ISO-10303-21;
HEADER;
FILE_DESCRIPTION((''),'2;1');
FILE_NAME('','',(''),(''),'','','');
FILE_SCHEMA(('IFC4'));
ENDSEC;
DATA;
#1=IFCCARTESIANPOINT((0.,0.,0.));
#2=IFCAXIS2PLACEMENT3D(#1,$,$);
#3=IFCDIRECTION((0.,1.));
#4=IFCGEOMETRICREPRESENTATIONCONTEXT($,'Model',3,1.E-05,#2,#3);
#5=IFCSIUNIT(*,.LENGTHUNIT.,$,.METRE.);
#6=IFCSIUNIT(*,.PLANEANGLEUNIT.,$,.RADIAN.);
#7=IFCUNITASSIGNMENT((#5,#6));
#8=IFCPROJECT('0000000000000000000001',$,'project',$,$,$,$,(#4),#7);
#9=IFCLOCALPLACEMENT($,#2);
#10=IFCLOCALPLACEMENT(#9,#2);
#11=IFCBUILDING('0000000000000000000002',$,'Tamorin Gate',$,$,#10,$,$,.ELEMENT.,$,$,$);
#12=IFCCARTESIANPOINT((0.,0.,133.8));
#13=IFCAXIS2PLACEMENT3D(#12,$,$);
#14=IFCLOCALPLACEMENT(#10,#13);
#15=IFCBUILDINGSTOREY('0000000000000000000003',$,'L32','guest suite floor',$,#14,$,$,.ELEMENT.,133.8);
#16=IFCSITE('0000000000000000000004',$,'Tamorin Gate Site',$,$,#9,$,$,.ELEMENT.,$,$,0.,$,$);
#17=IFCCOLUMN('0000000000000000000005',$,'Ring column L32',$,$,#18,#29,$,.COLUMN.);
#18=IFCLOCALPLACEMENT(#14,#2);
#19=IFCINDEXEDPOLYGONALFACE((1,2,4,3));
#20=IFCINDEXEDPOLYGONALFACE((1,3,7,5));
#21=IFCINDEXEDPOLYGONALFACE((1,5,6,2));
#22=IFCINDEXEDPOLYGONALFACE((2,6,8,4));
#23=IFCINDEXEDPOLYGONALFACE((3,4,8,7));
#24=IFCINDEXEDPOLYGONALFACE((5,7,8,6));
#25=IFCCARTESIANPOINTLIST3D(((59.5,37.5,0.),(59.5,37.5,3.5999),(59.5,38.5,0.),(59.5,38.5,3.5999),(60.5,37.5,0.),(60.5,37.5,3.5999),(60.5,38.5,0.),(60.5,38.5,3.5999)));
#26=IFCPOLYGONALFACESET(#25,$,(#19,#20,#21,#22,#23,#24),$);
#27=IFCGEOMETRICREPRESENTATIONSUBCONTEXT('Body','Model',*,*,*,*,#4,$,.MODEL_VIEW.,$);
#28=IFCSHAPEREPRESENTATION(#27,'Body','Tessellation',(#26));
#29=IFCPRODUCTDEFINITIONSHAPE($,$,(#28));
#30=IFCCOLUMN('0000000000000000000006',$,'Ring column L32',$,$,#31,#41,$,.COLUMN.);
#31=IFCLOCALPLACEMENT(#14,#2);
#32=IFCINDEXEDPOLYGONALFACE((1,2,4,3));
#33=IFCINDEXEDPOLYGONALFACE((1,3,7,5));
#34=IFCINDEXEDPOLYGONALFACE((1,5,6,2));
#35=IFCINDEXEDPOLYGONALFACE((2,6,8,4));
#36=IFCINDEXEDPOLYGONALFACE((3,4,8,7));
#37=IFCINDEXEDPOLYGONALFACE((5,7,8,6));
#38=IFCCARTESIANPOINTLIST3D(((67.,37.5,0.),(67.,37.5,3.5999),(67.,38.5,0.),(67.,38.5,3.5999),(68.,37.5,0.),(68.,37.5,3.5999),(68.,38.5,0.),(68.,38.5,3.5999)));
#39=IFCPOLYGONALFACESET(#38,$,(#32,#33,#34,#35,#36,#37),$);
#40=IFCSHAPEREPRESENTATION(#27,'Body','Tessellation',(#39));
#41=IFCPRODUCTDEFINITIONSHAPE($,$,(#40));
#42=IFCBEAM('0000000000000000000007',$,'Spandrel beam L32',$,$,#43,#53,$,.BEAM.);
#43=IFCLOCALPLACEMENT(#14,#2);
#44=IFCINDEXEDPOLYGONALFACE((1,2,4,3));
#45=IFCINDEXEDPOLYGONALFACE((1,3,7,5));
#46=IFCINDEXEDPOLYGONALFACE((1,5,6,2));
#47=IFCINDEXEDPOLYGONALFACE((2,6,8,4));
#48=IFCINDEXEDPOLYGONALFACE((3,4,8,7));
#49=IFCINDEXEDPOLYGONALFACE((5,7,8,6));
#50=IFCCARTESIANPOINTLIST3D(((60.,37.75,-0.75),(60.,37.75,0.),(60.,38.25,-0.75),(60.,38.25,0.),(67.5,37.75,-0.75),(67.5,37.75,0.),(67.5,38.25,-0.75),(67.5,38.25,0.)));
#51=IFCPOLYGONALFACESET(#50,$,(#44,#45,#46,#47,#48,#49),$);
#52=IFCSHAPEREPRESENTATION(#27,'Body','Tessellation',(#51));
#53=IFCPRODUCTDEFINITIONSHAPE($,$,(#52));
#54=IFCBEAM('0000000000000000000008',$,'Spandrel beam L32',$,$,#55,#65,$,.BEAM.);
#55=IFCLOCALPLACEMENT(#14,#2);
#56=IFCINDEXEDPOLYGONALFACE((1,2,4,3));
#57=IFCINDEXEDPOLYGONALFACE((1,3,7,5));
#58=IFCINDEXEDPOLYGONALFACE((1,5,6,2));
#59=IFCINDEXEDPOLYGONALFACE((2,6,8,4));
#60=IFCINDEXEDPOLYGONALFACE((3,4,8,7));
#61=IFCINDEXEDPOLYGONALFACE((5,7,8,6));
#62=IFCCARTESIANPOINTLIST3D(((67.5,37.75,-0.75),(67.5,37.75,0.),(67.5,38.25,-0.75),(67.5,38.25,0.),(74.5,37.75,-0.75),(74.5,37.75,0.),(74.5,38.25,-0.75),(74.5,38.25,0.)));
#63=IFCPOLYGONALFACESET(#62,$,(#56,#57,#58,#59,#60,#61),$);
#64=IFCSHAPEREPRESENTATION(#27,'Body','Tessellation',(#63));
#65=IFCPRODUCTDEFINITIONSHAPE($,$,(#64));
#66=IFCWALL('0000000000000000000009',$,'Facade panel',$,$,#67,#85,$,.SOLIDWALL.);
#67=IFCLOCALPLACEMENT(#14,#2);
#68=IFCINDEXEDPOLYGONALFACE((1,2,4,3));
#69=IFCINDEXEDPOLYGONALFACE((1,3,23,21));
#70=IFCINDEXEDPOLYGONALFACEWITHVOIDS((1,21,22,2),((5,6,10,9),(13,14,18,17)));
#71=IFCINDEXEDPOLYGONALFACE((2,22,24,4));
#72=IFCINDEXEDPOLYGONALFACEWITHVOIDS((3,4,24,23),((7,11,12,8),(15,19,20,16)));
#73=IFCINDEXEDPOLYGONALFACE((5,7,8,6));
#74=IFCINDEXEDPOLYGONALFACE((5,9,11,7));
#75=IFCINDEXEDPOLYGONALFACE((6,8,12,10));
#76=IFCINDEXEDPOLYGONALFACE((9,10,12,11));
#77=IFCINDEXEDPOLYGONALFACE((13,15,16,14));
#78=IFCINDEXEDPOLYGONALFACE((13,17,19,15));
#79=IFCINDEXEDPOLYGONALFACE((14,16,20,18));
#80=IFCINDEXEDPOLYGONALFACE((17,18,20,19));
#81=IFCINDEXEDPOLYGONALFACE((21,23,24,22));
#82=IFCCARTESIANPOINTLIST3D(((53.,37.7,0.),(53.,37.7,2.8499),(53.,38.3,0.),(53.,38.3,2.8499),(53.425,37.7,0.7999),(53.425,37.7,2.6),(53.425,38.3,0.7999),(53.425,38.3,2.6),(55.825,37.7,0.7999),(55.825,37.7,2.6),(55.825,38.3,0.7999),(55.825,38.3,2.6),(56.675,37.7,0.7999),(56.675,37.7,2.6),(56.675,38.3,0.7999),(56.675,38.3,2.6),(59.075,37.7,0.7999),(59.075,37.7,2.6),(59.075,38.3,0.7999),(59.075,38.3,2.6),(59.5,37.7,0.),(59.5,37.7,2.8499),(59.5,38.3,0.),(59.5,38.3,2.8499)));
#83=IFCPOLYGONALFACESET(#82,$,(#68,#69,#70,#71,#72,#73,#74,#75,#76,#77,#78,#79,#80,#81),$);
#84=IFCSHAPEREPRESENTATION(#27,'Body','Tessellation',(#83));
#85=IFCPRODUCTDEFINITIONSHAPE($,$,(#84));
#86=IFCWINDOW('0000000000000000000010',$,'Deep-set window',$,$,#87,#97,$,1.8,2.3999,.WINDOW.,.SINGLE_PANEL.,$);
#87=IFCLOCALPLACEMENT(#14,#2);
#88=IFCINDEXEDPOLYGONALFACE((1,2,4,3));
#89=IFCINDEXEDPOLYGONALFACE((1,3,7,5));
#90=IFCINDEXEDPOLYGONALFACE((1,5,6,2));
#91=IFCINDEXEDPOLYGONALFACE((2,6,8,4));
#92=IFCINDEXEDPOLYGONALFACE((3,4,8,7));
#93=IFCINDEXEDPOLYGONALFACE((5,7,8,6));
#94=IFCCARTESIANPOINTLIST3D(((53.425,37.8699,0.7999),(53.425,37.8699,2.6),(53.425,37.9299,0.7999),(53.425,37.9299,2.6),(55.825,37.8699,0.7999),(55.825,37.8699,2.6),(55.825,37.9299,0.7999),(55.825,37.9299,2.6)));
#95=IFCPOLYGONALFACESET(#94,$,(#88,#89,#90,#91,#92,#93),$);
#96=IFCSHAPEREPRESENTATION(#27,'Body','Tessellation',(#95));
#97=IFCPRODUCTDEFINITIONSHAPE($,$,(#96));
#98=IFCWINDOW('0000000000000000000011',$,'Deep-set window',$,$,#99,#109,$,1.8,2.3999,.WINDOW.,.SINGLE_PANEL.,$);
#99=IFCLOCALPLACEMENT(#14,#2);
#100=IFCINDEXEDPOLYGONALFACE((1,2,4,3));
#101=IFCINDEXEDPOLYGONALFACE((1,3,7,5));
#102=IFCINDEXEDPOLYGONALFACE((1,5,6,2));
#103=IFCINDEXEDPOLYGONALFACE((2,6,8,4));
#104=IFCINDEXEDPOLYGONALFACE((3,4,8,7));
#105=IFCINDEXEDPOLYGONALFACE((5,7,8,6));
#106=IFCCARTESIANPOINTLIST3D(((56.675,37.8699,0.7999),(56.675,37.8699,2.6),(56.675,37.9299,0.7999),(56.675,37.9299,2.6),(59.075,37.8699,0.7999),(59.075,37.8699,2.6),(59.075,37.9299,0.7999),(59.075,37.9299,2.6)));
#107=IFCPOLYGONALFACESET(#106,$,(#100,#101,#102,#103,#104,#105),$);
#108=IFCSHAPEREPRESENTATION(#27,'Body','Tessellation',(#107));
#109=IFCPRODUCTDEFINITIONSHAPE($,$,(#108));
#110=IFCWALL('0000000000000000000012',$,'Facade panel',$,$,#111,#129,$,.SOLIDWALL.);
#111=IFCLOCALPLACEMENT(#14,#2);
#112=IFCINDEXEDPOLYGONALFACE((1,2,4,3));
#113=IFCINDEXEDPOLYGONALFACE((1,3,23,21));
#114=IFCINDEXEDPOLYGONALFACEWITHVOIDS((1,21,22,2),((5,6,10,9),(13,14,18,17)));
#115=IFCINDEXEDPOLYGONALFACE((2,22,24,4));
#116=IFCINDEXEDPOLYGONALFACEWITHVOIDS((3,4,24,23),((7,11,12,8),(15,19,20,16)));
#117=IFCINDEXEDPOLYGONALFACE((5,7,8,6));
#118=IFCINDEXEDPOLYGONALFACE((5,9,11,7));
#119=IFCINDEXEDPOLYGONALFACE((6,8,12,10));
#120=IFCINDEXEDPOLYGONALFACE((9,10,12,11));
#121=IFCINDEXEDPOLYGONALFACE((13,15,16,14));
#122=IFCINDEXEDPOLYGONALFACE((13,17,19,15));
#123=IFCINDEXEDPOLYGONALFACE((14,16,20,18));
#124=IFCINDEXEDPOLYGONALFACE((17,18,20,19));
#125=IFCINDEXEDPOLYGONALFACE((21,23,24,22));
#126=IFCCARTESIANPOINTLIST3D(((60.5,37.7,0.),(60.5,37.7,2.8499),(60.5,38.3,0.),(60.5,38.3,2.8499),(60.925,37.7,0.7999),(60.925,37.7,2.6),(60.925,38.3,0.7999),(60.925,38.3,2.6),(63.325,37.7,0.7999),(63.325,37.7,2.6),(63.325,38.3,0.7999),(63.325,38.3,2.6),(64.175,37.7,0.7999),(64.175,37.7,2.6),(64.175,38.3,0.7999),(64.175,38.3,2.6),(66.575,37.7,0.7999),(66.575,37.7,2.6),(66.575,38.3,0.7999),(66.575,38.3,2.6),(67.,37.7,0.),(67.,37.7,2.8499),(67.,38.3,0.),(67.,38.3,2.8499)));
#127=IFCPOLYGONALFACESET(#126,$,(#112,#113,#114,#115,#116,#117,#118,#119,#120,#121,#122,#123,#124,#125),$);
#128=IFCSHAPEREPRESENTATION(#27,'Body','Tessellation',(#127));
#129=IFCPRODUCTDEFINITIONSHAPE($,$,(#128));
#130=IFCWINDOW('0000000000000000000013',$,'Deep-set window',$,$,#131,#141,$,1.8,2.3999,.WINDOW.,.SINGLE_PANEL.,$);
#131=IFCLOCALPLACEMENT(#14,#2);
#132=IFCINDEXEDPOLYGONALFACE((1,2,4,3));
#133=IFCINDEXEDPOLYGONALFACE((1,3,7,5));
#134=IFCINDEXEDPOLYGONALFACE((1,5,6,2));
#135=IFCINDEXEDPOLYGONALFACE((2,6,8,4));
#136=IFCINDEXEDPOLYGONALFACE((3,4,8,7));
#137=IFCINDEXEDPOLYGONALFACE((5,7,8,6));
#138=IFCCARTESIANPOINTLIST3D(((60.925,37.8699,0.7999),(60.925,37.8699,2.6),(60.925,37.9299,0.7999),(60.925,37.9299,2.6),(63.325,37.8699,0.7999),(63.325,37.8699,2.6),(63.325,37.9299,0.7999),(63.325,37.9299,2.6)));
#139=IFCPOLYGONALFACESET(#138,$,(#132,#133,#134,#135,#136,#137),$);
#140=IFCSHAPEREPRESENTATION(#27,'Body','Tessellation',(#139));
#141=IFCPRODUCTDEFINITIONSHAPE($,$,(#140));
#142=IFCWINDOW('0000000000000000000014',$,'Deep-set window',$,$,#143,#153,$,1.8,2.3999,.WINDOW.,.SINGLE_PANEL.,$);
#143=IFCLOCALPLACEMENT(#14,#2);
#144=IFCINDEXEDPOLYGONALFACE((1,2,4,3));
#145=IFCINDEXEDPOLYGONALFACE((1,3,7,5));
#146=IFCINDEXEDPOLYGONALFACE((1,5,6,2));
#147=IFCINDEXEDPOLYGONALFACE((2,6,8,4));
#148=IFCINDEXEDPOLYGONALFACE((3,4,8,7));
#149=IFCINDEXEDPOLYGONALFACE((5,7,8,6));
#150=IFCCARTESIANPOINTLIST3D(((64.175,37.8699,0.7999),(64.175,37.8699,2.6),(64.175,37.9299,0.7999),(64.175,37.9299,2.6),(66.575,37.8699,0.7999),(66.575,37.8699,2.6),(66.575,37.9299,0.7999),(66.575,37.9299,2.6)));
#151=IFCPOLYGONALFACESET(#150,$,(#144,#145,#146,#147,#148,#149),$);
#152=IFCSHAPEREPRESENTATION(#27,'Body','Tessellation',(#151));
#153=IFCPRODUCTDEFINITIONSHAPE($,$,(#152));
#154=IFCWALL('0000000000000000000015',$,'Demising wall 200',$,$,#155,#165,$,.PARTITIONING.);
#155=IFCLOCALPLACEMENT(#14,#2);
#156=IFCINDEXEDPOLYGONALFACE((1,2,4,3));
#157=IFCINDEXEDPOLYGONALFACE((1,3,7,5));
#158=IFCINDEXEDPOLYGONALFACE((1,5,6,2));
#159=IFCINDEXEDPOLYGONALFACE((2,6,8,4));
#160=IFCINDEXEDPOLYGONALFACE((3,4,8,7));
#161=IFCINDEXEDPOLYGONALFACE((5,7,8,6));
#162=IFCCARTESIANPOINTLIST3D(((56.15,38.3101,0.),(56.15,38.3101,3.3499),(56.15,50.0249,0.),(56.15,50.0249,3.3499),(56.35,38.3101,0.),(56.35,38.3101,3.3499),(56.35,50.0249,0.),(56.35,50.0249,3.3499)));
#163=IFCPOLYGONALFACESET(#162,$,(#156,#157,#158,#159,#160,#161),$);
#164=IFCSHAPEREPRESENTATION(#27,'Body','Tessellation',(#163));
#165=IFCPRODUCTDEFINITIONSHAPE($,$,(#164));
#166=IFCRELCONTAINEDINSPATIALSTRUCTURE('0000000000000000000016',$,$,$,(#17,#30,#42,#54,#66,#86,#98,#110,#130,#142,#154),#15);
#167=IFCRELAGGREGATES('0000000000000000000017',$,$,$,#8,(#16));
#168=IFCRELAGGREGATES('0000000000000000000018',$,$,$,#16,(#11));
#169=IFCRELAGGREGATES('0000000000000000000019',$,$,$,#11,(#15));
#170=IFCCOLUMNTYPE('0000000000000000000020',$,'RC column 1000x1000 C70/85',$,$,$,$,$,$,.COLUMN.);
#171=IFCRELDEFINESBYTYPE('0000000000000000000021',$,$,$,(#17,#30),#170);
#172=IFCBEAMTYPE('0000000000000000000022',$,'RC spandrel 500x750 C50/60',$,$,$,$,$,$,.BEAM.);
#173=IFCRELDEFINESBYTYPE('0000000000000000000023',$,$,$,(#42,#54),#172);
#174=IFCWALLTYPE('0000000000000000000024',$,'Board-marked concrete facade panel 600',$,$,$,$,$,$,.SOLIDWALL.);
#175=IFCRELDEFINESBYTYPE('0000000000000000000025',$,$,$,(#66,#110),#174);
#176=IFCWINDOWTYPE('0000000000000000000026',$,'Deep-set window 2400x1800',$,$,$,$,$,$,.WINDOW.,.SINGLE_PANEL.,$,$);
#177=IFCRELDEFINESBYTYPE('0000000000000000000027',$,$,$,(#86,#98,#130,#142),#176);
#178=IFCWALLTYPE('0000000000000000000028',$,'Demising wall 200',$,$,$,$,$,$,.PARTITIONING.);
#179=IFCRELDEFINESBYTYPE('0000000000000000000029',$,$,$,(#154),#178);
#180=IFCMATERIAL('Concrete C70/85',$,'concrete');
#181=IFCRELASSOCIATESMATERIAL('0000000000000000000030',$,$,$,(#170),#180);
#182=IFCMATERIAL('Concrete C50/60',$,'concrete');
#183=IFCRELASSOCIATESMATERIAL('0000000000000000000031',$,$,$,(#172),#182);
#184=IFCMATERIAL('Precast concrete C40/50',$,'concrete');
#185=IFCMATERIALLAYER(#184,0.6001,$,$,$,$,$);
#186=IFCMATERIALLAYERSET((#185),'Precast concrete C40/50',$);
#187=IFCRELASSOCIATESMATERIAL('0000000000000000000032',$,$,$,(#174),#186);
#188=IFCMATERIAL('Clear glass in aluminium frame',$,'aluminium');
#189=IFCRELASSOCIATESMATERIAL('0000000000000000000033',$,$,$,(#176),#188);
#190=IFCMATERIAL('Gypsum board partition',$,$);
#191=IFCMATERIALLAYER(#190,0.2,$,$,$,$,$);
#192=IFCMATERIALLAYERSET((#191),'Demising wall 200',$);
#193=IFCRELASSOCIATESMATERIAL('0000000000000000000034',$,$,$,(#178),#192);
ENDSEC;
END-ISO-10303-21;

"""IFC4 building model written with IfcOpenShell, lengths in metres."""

from ifc_helpers import new_model, si_unit, direction, frame, frame_2d, origin, origin_2d, place, context, subcontext, project, spatial, rectangle, extrude, material, layer, layer_set, material_profile, profile_set, type_object, element, fill, save


model = new_model("IFC4")

# Units and contexts
model_context = context("Model", 3, precision=1e-05, world=origin(), true_north=direction((0.0, 1.0)))
body_context = subcontext(model_context, "Body", "Model", "MODEL_VIEW")
ifc_project = project(units=[si_unit("LENGTHUNIT", "METRE"), si_unit("PLANEANGLEUNIT", "RADIAN")], contexts=[model_context])

# Site, building, storey
site_placement = place(None, origin())
site = spatial("IfcSite", under=ifc_project, at=site_placement, Name="Tamorin Gate Site", CompositionType="ELEMENT", RefElevation=0.0)
building_placement = place(site_placement, origin())
building = spatial("IfcBuilding", under=site, at=building_placement, Name="Tamorin Gate", CompositionType="ELEMENT")
storey_placement = place(building_placement, frame((0.0, 0.0, 133.8)))
storey = spatial("IfcBuildingStorey", under=building, at=storey_placement, Name="L32", Description="guest suite floor", CompositionType="ELEMENT", Elevation=133.8)

# Columns
ifc_material_1 = material(Name="Concrete C70/85", Category="concrete")
ifc_material_profile_1 = material_profile(ifc_material_1, rectangle(XDim=1.0, YDim=1.0, at=origin_2d()), Name="RC 1000x1000")
ifc_profile_set_1 = profile_set([ifc_material_profile_1], Name="Concrete C70/85")
column_type = type_object("IfcColumnType", Name="RC column 1000x1000 C70/85", PredefinedType="COLUMN", material=ifc_profile_set_1)
for number, where, z_axis, x_axis, name in (
    (1, (60.0, 38.0, 0.0), (0.0, 0.0, 1.0), (1.0, 0.0, 0.0), "Ring column L32"),
    (2, (67.5, 38.0, 0.0), (0.0, 0.0, 1.0), (1.0, 0.0, 0.0), "Ring column L32"),
):
    element("IfcColumn", number, at=place(storey_placement, frame(where, z_axis=z_axis, x_axis=x_axis)), inside=storey, type_object=column_type, Name=name, PredefinedType="COLUMN", context=body_context, shape_type="SweptSolid", body=[
        extrude(rectangle(XDim=1.0, YDim=1.0, at=origin_2d()), origin(), (0.0, 0.0, 1.0), 3.5999),
    ])

# Beams
ifc_material_2 = material(Name="Concrete C50/60", Category="concrete")
ifc_material_profile_2 = material_profile(ifc_material_2, rectangle(XDim=0.5, YDim=0.75, at=origin_2d()), Name="RC 500x750")
ifc_profile_set_2 = profile_set([ifc_material_profile_2], Name="Concrete C50/60")
beam_type = type_object("IfcBeamType", Name="RC spandrel 500x750 C50/60", PredefinedType="BEAM", material=ifc_profile_set_2)
beam_1_placement = place(storey_placement, frame((60.0, 38.0, -0.375), z_axis=(1.0, 0.0, 0.0), x_axis=(0.0, 1.0, 0.0)))
element("IfcBeam", 3, at=beam_1_placement, inside=storey, type_object=beam_type, Name="Spandrel beam L32", PredefinedType="BEAM", context=body_context, shape_type="SweptSolid", body=[
    extrude(rectangle(XDim=0.5, YDim=0.75, at=origin_2d()), origin(), (0.0, 0.0, 1.0), 7.5),
])
beam_2_placement = place(storey_placement, frame((67.5, 38.0, -0.375), z_axis=(1.0, 0.0, 0.0), x_axis=(0.0, 1.0, 0.0)))
element("IfcBeam", 4, at=beam_2_placement, inside=storey, type_object=beam_type, Name="Spandrel beam L32", PredefinedType="BEAM", context=body_context, shape_type="SweptSolid", body=[
    extrude(rectangle(XDim=0.5, YDim=0.75, at=origin_2d()), origin(), (0.0, 0.0, 1.0), 7.0),
])

# Walls, openings, windows
ifc_material_3 = material(Name="Precast concrete C40/50", Category="concrete")
ifc_layer_1 = layer(ifc_material_3, 0.6001)
ifc_layer_set_1 = layer_set([ifc_layer_1], Name="Precast concrete C40/50")
wall_type_1 = type_object("IfcWallType", Name="Board-marked concrete facade panel 600", PredefinedType="SOLIDWALL", material=ifc_layer_set_1)
wall_1_placement = place(storey_placement, frame((53.0, 38.0, 0.0), z_axis=(0.0, 0.0, 1.0), x_axis=(1.0, 0.0, 0.0)))
wall_1 = element("IfcWall", 5, at=wall_1_placement, inside=storey, type_object=wall_type_1, Name="Facade panel", PredefinedType="SOLIDWALL", context=body_context, shape_type="SweptSolid", body=[
    extrude(rectangle(XDim=6.5, YDim=0.6001, at=frame_2d((3.25, 0.0))), origin(), (0.0, 0.0, 1.0), 2.8499),
])
opening_1_placement = place(wall_1_placement, frame((0.425, 0.0, 0.8)))
opening_1 = element("IfcOpeningElement", 6, at=opening_1_placement, cuts=wall_1, PredefinedType="OPENING", context=body_context, shape_type="SweptSolid", body=[
    extrude(rectangle(XDim=2.3999, YDim=1.8, at=frame_2d((1.2, 0.8999))), frame((0.0, 0.3101, 0.0), z_axis=(0.0, -1.0, 0.0), x_axis=(1.0, 0.0, 0.0)), (0.0, 0.0, 1.0), 0.6201),
])
opening_2_placement = place(wall_1_placement, frame((3.675, 0.0, 0.8)))
opening_2 = element("IfcOpeningElement", 7, at=opening_2_placement, cuts=wall_1, PredefinedType="OPENING", context=body_context, shape_type="SweptSolid", body=[
    extrude(rectangle(XDim=2.3999, YDim=1.8, at=frame_2d((1.2, 0.8999))), frame((0.0, 0.3101, 0.0), z_axis=(0.0, -1.0, 0.0), x_axis=(1.0, 0.0, 0.0)), (0.0, 0.0, 1.0), 0.6201),
])
ifc_material_4 = material(Name="Clear glass in aluminium frame", Category="aluminium")
window_type = type_object("IfcWindowType", Name="Deep-set window 2400x1800", PartitioningType="SINGLE_PANEL", PredefinedType="WINDOW", material=ifc_material_4)
window_1_placement = place(opening_1_placement, origin())
window_1 = element("IfcWindow", 8, at=window_1_placement, inside=storey, type_object=window_type, Name="Deep-set window", OverallHeight=1.8, OverallWidth=2.3999, PartitioningType="SINGLE_PANEL", PredefinedType="WINDOW", context=body_context, shape_type="SweptSolid", body=[
    extrude(rectangle(XDim=2.3999, YDim=1.8, at=frame_2d((1.2, 0.8999))), frame((0.0, -0.0701, 0.0), z_axis=(0.0, -1.0, 0.0), x_axis=(1.0, 0.0, 0.0)), (0.0, 0.0, 1.0), 0.0601),
])
fill(opening_1, window_1)
window_2_placement = place(opening_2_placement, origin())
window_2 = element("IfcWindow", 9, at=window_2_placement, inside=storey, type_object=window_type, Name="Deep-set window", OverallHeight=1.8, OverallWidth=2.3999, PartitioningType="SINGLE_PANEL", PredefinedType="WINDOW", context=body_context, shape_type="SweptSolid", body=[
    extrude(rectangle(XDim=2.3999, YDim=1.8, at=frame_2d((1.2, 0.8999))), frame((0.0, -0.0701, 0.0), z_axis=(0.0, -1.0, 0.0), x_axis=(1.0, 0.0, 0.0)), (0.0, 0.0, 1.0), 0.0601),
])
fill(opening_2, window_2)
wall_2_placement = place(storey_placement, frame((60.5, 38.0, 0.0), z_axis=(0.0, 0.0, 1.0), x_axis=(1.0, 0.0, 0.0)))
wall_2 = element("IfcWall", 10, at=wall_2_placement, inside=storey, type_object=wall_type_1, Name="Facade panel", PredefinedType="SOLIDWALL", context=body_context, shape_type="SweptSolid", body=[
    extrude(rectangle(XDim=6.5, YDim=0.6001, at=frame_2d((3.25, 0.0))), origin(), (0.0, 0.0, 1.0), 2.8499),
])
opening_3_placement = place(wall_2_placement, frame((0.425, 0.0, 0.8)))
opening_3 = element("IfcOpeningElement", 11, at=opening_3_placement, cuts=wall_2, PredefinedType="OPENING", context=body_context, shape_type="SweptSolid", body=[
    extrude(rectangle(XDim=2.3999, YDim=1.8, at=frame_2d((1.2, 0.8999))), frame((0.0, 0.3101, 0.0), z_axis=(0.0, -1.0, 0.0), x_axis=(1.0, 0.0, 0.0)), (0.0, 0.0, 1.0), 0.6201),
])
opening_4_placement = place(wall_2_placement, frame((3.675, 0.0, 0.8)))
opening_4 = element("IfcOpeningElement", 12, at=opening_4_placement, cuts=wall_2, PredefinedType="OPENING", context=body_context, shape_type="SweptSolid", body=[
    extrude(rectangle(XDim=2.3999, YDim=1.8, at=frame_2d((1.2, 0.8999))), frame((0.0, 0.3101, 0.0), z_axis=(0.0, -1.0, 0.0), x_axis=(1.0, 0.0, 0.0)), (0.0, 0.0, 1.0), 0.6201),
])
window_3_placement = place(opening_3_placement, origin())
window_3 = element("IfcWindow", 13, at=window_3_placement, inside=storey, type_object=window_type, Name="Deep-set window", OverallHeight=1.8, OverallWidth=2.3999, PartitioningType="SINGLE_PANEL", PredefinedType="WINDOW", context=body_context, shape_type="SweptSolid", body=[
    extrude(rectangle(XDim=2.3999, YDim=1.8, at=frame_2d((1.2, 0.8999))), frame((0.0, -0.0701, 0.0), z_axis=(0.0, -1.0, 0.0), x_axis=(1.0, 0.0, 0.0)), (0.0, 0.0, 1.0), 0.0601),
])
fill(opening_3, window_3)
window_4_placement = place(opening_4_placement, origin())
window_4 = element("IfcWindow", 14, at=window_4_placement, inside=storey, type_object=window_type, Name="Deep-set window", OverallHeight=1.8, OverallWidth=2.3999, PartitioningType="SINGLE_PANEL", PredefinedType="WINDOW", context=body_context, shape_type="SweptSolid", body=[
    extrude(rectangle(XDim=2.3999, YDim=1.8, at=frame_2d((1.2, 0.8999))), frame((0.0, -0.0701, 0.0), z_axis=(0.0, -1.0, 0.0), x_axis=(1.0, 0.0, 0.0)), (0.0, 0.0, 1.0), 0.0601),
])
fill(opening_4, window_4)

# Wall
ifc_material_5 = material(Name="Gypsum board partition")
ifc_layer_2 = layer(ifc_material_5, 0.2)
ifc_layer_set_2 = layer_set([ifc_layer_2], Name="Demising wall 200")
wall_type_2 = type_object("IfcWallType", Name="Demising wall 200", PredefinedType="PARTITIONING", material=ifc_layer_set_2)
wall_3_placement = place(storey_placement, frame((56.25, 38.3101, 0.0), z_axis=(0.0, 0.0, 1.0), x_axis=(0.0, 1.0, 0.0)))
element("IfcWall", 15, at=wall_3_placement, inside=storey, type_object=wall_type_2, Name="Demising wall 200", PredefinedType="PARTITIONING", context=body_context, shape_type="SweptSolid", body=[
    extrude(rectangle(XDim=11.7148, YDim=0.2, at=frame_2d((5.8574, 0.0))), origin(), (0.0, 0.0, 1.0), 3.3499),
])

save(model, "model.ifc")
